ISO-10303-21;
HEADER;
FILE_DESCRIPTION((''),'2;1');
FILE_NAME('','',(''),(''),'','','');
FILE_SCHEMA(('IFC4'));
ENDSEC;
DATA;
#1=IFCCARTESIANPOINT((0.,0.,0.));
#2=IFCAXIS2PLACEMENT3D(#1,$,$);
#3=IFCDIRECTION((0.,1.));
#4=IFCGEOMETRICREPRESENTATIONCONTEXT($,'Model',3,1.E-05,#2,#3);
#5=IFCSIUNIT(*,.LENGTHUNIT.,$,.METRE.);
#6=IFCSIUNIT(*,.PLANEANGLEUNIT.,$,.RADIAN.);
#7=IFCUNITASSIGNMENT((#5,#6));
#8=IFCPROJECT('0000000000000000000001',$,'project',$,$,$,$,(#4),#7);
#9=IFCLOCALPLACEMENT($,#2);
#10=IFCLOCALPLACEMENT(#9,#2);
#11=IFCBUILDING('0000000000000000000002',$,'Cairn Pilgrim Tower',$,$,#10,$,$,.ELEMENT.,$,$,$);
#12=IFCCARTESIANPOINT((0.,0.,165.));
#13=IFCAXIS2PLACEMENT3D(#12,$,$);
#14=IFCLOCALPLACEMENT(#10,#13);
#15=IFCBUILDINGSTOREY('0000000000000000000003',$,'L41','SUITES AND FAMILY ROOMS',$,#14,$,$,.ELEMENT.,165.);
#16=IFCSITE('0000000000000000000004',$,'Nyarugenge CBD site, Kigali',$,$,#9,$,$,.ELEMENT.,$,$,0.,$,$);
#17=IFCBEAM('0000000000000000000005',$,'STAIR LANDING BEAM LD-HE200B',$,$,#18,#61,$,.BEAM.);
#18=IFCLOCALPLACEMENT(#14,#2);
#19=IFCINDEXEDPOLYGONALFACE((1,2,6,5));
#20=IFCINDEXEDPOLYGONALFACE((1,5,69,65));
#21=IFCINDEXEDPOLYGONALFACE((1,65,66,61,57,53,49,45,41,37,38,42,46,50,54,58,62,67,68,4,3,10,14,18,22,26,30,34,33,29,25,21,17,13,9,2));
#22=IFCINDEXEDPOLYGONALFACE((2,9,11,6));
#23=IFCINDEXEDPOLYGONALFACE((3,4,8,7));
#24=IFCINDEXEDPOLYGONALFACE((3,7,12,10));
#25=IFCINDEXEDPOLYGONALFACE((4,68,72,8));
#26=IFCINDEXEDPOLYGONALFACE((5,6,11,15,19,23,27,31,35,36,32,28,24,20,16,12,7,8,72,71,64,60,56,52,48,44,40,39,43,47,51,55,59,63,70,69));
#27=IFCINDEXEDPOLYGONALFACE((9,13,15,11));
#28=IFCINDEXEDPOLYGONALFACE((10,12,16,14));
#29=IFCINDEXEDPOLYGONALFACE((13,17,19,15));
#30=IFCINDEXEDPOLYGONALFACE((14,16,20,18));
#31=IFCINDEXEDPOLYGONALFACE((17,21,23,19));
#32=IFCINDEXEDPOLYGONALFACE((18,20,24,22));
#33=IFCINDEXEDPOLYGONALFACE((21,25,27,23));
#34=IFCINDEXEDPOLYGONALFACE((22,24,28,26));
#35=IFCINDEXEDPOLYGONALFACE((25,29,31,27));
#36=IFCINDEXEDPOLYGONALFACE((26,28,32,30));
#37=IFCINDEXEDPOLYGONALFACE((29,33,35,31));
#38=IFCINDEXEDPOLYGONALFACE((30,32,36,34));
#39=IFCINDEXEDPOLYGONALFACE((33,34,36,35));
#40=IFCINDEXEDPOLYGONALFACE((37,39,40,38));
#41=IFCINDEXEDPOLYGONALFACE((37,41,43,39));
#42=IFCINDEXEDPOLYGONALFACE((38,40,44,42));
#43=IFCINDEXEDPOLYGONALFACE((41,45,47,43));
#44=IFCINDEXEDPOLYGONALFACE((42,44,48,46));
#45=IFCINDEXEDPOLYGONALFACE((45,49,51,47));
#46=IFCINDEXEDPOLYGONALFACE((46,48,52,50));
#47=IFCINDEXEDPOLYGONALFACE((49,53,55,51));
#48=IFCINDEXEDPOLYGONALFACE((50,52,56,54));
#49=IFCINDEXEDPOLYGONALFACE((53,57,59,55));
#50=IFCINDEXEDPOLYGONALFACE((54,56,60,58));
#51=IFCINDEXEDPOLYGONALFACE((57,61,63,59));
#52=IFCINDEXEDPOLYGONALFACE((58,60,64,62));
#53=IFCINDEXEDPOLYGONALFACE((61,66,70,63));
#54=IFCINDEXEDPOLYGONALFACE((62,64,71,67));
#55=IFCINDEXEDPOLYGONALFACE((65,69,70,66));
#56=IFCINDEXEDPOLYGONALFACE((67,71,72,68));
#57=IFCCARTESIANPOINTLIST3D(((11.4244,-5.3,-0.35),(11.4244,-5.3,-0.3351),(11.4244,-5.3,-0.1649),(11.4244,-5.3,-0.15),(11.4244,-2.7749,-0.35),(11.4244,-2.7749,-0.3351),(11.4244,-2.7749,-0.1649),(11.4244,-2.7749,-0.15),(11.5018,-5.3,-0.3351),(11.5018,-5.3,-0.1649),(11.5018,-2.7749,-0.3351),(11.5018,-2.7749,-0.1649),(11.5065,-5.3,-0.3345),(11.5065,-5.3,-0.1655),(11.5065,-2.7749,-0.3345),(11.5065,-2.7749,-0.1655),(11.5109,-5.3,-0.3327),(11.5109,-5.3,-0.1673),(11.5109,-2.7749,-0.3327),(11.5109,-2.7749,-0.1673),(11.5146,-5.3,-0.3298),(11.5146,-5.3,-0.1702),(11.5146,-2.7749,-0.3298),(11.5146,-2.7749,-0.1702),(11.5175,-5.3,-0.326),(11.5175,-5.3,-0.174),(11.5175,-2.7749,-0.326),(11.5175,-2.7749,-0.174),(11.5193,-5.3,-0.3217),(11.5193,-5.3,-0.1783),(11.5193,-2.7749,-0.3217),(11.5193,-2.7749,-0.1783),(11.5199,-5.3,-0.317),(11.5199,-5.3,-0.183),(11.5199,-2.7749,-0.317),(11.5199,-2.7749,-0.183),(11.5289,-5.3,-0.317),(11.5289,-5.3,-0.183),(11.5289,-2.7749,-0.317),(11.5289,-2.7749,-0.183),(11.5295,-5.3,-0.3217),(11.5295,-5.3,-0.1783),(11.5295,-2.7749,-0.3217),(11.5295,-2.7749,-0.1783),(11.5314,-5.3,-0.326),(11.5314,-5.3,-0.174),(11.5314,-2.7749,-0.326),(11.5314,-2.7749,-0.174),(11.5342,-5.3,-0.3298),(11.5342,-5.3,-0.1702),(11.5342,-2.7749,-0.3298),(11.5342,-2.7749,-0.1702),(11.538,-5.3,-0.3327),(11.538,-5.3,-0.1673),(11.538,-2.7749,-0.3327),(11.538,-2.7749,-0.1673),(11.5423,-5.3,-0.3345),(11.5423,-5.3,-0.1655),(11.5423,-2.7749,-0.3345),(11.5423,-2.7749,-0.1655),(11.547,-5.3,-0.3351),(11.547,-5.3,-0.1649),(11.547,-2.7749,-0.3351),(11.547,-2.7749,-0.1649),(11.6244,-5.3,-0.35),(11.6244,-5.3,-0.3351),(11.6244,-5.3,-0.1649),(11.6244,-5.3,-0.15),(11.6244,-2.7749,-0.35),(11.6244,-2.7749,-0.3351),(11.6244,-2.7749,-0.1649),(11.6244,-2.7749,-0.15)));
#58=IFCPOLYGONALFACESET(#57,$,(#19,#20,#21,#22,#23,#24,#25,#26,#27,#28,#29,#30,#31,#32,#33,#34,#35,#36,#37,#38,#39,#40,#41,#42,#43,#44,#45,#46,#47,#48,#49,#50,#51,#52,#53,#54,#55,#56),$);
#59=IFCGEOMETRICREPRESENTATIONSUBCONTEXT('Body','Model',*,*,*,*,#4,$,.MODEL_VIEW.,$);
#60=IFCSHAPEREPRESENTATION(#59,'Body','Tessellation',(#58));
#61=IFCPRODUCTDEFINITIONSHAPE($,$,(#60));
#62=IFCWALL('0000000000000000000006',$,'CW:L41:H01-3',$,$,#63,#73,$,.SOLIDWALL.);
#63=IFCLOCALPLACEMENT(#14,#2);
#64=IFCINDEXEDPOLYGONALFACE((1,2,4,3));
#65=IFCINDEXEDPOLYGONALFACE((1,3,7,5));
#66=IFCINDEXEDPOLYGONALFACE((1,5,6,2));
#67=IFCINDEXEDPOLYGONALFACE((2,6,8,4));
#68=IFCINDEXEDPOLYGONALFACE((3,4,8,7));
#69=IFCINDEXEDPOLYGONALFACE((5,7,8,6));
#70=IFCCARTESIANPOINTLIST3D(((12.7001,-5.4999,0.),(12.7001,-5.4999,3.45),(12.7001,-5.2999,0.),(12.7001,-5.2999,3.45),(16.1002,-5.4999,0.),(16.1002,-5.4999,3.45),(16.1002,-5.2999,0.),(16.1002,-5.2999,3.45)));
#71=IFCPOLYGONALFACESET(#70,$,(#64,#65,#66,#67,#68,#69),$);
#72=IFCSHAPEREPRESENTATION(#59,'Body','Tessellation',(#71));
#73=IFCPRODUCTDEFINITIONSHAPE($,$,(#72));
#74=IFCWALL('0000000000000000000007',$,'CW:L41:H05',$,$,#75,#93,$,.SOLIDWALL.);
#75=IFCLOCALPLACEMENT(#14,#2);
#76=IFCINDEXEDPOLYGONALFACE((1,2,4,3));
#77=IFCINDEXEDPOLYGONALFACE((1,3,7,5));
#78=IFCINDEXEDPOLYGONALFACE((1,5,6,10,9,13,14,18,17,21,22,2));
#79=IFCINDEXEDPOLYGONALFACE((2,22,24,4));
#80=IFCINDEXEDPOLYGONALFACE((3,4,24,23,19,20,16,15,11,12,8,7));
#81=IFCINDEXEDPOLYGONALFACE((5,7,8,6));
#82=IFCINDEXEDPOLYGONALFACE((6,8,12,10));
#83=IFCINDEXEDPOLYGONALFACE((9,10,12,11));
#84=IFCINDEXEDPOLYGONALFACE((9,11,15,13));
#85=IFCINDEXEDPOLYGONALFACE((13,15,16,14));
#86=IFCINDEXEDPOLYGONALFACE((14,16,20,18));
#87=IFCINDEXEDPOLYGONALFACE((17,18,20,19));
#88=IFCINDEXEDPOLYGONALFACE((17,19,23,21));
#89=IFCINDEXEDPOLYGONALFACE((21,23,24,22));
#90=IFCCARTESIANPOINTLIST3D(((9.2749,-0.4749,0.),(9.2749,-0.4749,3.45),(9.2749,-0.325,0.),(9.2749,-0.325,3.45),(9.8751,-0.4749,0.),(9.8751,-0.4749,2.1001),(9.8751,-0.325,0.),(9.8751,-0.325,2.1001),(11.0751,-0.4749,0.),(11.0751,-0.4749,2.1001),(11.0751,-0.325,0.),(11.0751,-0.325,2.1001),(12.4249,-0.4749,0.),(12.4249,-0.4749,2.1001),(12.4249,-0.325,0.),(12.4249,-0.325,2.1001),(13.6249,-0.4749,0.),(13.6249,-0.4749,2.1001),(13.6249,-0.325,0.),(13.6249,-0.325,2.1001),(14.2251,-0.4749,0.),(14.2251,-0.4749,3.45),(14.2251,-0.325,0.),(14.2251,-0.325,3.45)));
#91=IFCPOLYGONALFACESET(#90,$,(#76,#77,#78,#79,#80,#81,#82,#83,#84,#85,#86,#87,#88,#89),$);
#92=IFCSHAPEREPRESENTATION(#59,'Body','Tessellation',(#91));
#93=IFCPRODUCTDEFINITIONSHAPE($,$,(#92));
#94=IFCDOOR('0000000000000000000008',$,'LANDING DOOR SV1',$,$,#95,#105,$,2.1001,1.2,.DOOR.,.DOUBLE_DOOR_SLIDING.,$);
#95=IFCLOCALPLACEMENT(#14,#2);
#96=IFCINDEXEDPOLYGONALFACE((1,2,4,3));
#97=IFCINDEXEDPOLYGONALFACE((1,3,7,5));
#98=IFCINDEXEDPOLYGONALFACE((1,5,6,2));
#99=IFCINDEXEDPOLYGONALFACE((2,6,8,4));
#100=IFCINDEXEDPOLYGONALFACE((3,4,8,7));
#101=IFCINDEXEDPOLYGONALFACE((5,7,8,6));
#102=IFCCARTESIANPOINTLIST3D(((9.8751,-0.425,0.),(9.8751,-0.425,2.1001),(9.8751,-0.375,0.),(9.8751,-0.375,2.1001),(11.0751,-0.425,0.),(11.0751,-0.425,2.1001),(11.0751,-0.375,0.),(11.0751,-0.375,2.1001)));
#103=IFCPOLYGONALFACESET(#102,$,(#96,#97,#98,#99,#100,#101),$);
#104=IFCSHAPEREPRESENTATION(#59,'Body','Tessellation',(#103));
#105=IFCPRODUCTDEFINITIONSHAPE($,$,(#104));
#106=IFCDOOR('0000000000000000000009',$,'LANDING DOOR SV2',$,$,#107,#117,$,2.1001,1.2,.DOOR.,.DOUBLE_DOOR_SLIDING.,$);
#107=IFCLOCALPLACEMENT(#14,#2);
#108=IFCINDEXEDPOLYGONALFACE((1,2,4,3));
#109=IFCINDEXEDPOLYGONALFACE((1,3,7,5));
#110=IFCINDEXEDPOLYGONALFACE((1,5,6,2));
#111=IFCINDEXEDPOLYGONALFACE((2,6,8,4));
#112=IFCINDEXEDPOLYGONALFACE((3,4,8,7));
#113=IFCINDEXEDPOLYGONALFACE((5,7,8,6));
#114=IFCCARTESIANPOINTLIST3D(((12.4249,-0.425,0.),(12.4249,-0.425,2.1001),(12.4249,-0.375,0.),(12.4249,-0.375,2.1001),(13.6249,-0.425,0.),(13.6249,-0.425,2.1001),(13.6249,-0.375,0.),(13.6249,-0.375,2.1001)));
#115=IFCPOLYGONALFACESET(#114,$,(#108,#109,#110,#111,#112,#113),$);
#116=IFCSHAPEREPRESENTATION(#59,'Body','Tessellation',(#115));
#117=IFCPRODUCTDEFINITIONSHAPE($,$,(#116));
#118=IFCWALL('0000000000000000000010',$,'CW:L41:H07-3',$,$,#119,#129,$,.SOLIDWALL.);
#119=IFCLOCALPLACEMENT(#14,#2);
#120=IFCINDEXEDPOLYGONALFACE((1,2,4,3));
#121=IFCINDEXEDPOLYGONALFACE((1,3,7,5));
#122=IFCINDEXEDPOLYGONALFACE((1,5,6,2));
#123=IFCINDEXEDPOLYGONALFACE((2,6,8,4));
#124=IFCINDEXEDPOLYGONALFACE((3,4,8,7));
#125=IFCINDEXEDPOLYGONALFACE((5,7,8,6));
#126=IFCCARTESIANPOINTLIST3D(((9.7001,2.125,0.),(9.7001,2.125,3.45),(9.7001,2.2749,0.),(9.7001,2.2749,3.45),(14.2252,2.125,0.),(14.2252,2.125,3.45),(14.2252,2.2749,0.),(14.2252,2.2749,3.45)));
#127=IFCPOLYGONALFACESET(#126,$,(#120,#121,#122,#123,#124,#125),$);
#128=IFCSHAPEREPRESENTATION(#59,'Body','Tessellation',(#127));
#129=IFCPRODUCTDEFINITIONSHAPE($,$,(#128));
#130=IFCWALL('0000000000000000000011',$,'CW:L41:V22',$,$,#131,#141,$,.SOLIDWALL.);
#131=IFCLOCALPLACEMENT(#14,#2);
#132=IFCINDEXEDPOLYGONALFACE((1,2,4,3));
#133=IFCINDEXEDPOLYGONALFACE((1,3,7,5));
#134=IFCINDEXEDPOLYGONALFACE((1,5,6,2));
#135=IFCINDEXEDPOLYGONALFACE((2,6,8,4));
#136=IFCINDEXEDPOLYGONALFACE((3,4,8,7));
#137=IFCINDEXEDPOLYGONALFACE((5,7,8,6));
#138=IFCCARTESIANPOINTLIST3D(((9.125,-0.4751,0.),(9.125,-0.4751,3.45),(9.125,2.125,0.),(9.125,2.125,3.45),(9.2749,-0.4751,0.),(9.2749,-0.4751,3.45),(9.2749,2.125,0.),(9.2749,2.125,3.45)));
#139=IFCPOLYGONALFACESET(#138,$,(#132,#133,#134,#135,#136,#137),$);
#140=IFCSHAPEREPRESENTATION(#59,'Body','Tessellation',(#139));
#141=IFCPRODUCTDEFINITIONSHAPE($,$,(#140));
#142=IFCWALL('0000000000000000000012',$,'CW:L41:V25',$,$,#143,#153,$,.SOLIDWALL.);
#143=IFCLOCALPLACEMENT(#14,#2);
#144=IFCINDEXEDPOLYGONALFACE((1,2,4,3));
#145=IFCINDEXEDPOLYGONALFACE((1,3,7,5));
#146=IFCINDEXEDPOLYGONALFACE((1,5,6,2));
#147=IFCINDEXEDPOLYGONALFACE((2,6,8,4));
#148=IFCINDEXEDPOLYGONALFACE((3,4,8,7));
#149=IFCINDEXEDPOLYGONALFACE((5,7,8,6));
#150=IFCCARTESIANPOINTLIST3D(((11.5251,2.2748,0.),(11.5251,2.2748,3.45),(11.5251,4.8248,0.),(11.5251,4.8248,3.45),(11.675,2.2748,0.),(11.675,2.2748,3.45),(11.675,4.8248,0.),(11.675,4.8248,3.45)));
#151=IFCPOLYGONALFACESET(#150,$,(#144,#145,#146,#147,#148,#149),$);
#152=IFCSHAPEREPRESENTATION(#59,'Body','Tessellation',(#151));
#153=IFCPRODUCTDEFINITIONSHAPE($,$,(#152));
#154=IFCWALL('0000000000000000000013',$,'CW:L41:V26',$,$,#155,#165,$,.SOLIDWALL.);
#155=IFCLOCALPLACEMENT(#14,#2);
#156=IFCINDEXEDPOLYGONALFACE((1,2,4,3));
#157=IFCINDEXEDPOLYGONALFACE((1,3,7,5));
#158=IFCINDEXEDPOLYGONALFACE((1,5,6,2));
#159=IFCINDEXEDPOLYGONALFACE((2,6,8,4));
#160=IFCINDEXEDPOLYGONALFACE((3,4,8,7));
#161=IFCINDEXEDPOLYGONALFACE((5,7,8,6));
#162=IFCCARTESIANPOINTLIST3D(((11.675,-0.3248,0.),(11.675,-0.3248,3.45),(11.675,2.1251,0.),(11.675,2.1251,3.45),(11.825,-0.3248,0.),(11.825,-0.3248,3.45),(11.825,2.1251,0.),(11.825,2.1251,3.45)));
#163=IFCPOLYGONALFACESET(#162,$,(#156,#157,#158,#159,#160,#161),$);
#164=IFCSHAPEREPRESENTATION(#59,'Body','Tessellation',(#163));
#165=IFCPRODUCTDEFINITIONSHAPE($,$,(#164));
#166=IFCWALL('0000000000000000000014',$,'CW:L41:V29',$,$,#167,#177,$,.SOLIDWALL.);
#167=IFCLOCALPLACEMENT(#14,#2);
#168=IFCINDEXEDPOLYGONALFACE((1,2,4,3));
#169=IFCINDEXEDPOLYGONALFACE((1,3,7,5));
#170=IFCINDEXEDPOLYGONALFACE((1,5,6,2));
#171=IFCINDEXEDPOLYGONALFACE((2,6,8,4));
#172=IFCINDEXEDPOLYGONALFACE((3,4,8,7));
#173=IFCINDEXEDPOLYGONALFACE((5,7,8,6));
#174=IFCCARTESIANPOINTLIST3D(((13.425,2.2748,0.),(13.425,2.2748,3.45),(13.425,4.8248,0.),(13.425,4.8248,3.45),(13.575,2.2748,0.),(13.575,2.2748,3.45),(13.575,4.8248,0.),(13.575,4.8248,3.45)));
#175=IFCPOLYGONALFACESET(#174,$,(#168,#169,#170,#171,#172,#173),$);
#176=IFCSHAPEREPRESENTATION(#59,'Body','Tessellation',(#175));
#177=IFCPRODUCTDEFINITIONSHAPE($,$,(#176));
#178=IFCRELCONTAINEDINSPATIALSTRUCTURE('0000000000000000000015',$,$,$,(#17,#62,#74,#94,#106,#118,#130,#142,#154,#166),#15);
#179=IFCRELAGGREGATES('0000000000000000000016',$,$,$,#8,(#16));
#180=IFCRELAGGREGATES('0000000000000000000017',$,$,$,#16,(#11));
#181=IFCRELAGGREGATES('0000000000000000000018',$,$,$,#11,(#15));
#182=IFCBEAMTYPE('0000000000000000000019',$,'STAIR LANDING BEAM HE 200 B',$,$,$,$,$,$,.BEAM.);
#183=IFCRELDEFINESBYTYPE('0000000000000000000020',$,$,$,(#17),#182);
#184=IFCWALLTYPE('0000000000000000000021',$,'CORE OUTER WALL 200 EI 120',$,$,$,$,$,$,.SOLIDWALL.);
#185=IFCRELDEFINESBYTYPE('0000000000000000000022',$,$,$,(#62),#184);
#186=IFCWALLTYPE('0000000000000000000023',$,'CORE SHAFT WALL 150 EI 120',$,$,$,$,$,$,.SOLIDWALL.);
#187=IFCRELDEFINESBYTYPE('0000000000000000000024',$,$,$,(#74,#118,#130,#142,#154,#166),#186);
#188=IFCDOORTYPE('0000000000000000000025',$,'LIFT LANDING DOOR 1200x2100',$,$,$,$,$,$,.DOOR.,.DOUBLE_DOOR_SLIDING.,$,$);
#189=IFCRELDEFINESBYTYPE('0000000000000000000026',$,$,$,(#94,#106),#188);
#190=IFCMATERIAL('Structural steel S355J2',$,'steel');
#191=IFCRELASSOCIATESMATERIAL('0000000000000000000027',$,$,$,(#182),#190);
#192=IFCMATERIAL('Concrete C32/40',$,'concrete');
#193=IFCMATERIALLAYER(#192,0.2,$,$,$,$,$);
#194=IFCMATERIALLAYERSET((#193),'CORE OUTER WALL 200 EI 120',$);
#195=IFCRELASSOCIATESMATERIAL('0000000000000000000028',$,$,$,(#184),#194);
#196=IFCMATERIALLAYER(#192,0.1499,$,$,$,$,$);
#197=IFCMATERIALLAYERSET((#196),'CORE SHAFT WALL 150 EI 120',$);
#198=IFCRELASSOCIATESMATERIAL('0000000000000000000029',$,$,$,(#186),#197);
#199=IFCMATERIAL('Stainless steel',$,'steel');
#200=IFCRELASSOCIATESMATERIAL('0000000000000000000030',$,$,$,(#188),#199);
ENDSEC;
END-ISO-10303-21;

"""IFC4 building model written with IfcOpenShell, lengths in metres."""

from ifc_helpers import new_model, si_unit, direction, frame, frame_2d, origin, origin_2d, place, context, subcontext, project, spatial, rectangle, i_section, extrude, material, layer, layer_set, material_profile, profile_set, type_object, element, fill, save


model = new_model("IFC4")

# Units and contexts
model_context = context("Model", 3, precision=1e-05, world=origin(), true_north=direction((0.0, 1.0)))
body_context = subcontext(model_context, "Body", "Model", "MODEL_VIEW")
ifc_project = project(units=[si_unit("LENGTHUNIT", "METRE"), si_unit("PLANEANGLEUNIT", "RADIAN")], contexts=[model_context])

# Site, building, storey
site_placement = place(None, origin())
site = spatial("IfcSite", under=ifc_project, at=site_placement, Name="Nyarugenge CBD site, Kigali", CompositionType="ELEMENT", RefElevation=0.0)
building_placement = place(site_placement, origin())
building = spatial("IfcBuilding", under=site, at=building_placement, Name="Cairn Pilgrim Tower", CompositionType="ELEMENT")
storey_placement = place(building_placement, frame((0.0, 0.0, 165.0)))
storey = spatial("IfcBuildingStorey", under=building, at=storey_placement, Name="L41", Description="SUITES AND FAMILY ROOMS", CompositionType="ELEMENT", Elevation=165.0)

# Beam
ifc_material_1 = material(Name="Structural steel S355J2", Category="steel")
ifc_material_profile = material_profile(ifc_material_1, i_section(OverallWidth=0.2, OverallDepth=0.2, WebThickness=0.009, FlangeThickness=0.0149, FilletRadius=0.0181, at=origin_2d()), Name="HE 200 B")
ifc_profile_set = profile_set([ifc_material_profile], Name="Structural steel S355J2")
beam_type = type_object("IfcBeamType", Name="STAIR LANDING BEAM HE 200 B", PredefinedType="BEAM", material=ifc_profile_set)
beam_placement = place(storey_placement, frame((11.5244, -2.7749, -0.25), z_axis=(0.0, -1.0, 0.0), x_axis=(1.0, 0.0, 0.0)))
element("IfcBeam", 1, at=beam_placement, inside=storey, type_object=beam_type, Name="STAIR LANDING BEAM LD-HE200B", PredefinedType="BEAM", context=body_context, shape_type="SweptSolid", body=[
    extrude(i_section(OverallWidth=0.2, OverallDepth=0.2, WebThickness=0.009, FlangeThickness=0.0149, FilletRadius=0.0181, at=origin_2d()), origin(), (0.0, 0.0, 1.0), 2.5251),
])

# Wall
ifc_material_2 = material(Name="Concrete C32/40", Category="concrete")
ifc_layer_1 = layer(ifc_material_2, 0.2)
ifc_layer_set_1 = layer_set([ifc_layer_1], Name="CORE OUTER WALL 200 EI 120")
wall_type_1 = type_object("IfcWallType", Name="CORE OUTER WALL 200 EI 120", PredefinedType="SOLIDWALL", material=ifc_layer_set_1)
wall_1_placement = place(storey_placement, frame((12.7, -5.3999, 0.0), z_axis=(0.0, 0.0, 1.0), x_axis=(1.0, 0.0, 0.0)))
element("IfcWall", 2, at=wall_1_placement, inside=storey, type_object=wall_type_1, Name="CW:L41:H01-3", PredefinedType="SOLIDWALL", context=body_context, shape_type="SweptSolid", body=[
    extrude(rectangle(XDim=3.4001, YDim=0.2, at=frame_2d((1.7002, 0.0))), origin(), (0.0, 0.0, 1.0), 3.45),
])

# Wall, openings, doors
ifc_layer_2 = layer(ifc_material_2, 0.1499)
ifc_layer_set_2 = layer_set([ifc_layer_2], Name="CORE SHAFT WALL 150 EI 120")
wall_type_2 = type_object("IfcWallType", Name="CORE SHAFT WALL 150 EI 120", PredefinedType="SOLIDWALL", material=ifc_layer_set_2)
wall_2_placement = place(storey_placement, frame((9.2749, -0.3999, 0.0), z_axis=(0.0, 0.0, 1.0), x_axis=(1.0, 0.0, 0.0)))
wall_2 = element("IfcWall", 3, at=wall_2_placement, inside=storey, type_object=wall_type_2, Name="CW:L41:H05", PredefinedType="SOLIDWALL", context=body_context, shape_type="SweptSolid", body=[
    extrude(rectangle(XDim=4.9502, YDim=0.1499, at=frame_2d((2.4751, 0.0))), origin(), (0.0, 0.0, 1.0), 3.45),
])
opening_1_placement = place(wall_2_placement, frame((0.6001, 0.0, 0.0)))
opening_1 = element("IfcOpeningElement", 4, at=opening_1_placement, cuts=wall_2, PredefinedType="OPENING", context=body_context, shape_type="SweptSolid", body=[
    extrude(rectangle(XDim=1.2, YDim=2.1001, at=frame_2d((0.6001, 1.05))), frame((0.0, 0.085, 0.0), z_axis=(0.0, -1.0, 0.0), x_axis=(1.0, 0.0, 0.0)), (0.0, 0.0, 1.0), 0.1699),
])
opening_2_placement = place(wall_2_placement, frame((3.1499, 0.0, 0.0)))
opening_2 = element("IfcOpeningElement", 5, at=opening_2_placement, cuts=wall_2, PredefinedType="OPENING", context=body_context, shape_type="SweptSolid", body=[
    extrude(rectangle(XDim=1.2, YDim=2.1001, at=frame_2d((0.6001, 1.05))), frame((0.0, 0.085, 0.0), z_axis=(0.0, -1.0, 0.0), x_axis=(1.0, 0.0, 0.0)), (0.0, 0.0, 1.0), 0.1699),
])
ifc_material_3 = material(Name="Stainless steel", Category="steel")
door_type = type_object("IfcDoorType", Name="LIFT LANDING DOOR 1200x2100", OperationType="DOUBLE_DOOR_SLIDING", PredefinedType="DOOR", material=ifc_material_3)
door_1_placement = place(opening_1_placement, origin())
door_1 = element("IfcDoor", 6, at=door_1_placement, inside=storey, type_object=door_type, Name="LANDING DOOR SV1", OperationType="DOUBLE_DOOR_SLIDING", OverallHeight=2.1001, OverallWidth=1.2, PredefinedType="DOOR", context=body_context, shape_type="SweptSolid", body=[
    extrude(rectangle(XDim=1.2, YDim=2.1001, at=frame_2d((0.6001, 1.05))), frame((0.0, 0.0249, 0.0), z_axis=(0.0, -1.0, 0.0), x_axis=(1.0, 0.0, 0.0)), (0.0, 0.0, 1.0), 0.05),
])
fill(opening_1, door_1)
door_2_placement = place(opening_2_placement, origin())
door_2 = element("IfcDoor", 7, at=door_2_placement, inside=storey, type_object=door_type, Name="LANDING DOOR SV2", OperationType="DOUBLE_DOOR_SLIDING", OverallHeight=2.1001, OverallWidth=1.2, PredefinedType="DOOR", context=body_context, shape_type="SweptSolid", body=[
    extrude(rectangle(XDim=1.2, YDim=2.1001, at=frame_2d((0.6001, 1.05))), frame((0.0, 0.0249, 0.0), z_axis=(0.0, -1.0, 0.0), x_axis=(1.0, 0.0, 0.0)), (0.0, 0.0, 1.0), 0.05),
])
fill(opening_2, door_2)

# Walls
wall_3_placement = place(storey_placement, frame((9.7, 2.2, 0.0), z_axis=(0.0, 0.0, 1.0), x_axis=(1.0, 0.0, 0.0)))
element("IfcWall", 8, at=wall_3_placement, inside=storey, type_object=wall_type_2, Name="CW:L41:H07-3", PredefinedType="SOLIDWALL", context=body_context, shape_type="SweptSolid", body=[
    extrude(rectangle(XDim=4.5251, YDim=0.1499, at=frame_2d((2.2627, 0.0))), origin(), (0.0, 0.0, 1.0), 3.45),
])
wall_4_placement = place(storey_placement, frame((9.2, -0.4751, 0.0), z_axis=(0.0, 0.0, 1.0), x_axis=(0.0, 1.0, 0.0)))
element("IfcWall", 9, at=wall_4_placement, inside=storey, type_object=wall_type_2, Name="CW:L41:V22", PredefinedType="SOLIDWALL", context=body_context, shape_type="SweptSolid", body=[
    extrude(rectangle(XDim=2.6001, YDim=0.1499, at=frame_2d((1.3, 0.0))), origin(), (0.0, 0.0, 1.0), 3.45),
])
wall_5_placement = place(storey_placement, frame((11.6001, 2.2749, 0.0), z_axis=(0.0, 0.0, 1.0), x_axis=(0.0, 1.0, 0.0)))
element("IfcWall", 10, at=wall_5_placement, inside=storey, type_object=wall_type_2, Name="CW:L41:V25", PredefinedType="SOLIDWALL", context=body_context, shape_type="SweptSolid", body=[
    extrude(rectangle(XDim=2.55, YDim=0.1499, at=frame_2d((1.2749, 0.0))), origin(), (0.0, 0.0, 1.0), 3.45),
])
wall_6_placement = place(storey_placement, frame((11.75, -0.325, 0.0), z_axis=(0.0, 0.0, 1.0), x_axis=(0.0, 1.0, 0.0)))
element("IfcWall", 11, at=wall_6_placement, inside=storey, type_object=wall_type_2, Name="CW:L41:V26", PredefinedType="SOLIDWALL", context=body_context, shape_type="SweptSolid", body=[
    extrude(rectangle(XDim=2.45, YDim=0.1499, at=frame_2d((1.2251, 0.0))), origin(), (0.0, 0.0, 1.0), 3.45),
])
wall_7_placement = place(storey_placement, frame((13.5, 2.2749, 0.0), z_axis=(0.0, 0.0, 1.0), x_axis=(0.0, 1.0, 0.0)))
element("IfcWall", 12, at=wall_7_placement, inside=storey, type_object=wall_type_2, Name="CW:L41:V29", PredefinedType="SOLIDWALL", context=body_context, shape_type="SweptSolid", body=[
    extrude(rectangle(XDim=2.55, YDim=0.1499, at=frame_2d((1.2749, 0.0))), origin(), (0.0, 0.0, 1.0), 3.45),
])

save(model, "model.ifc")
